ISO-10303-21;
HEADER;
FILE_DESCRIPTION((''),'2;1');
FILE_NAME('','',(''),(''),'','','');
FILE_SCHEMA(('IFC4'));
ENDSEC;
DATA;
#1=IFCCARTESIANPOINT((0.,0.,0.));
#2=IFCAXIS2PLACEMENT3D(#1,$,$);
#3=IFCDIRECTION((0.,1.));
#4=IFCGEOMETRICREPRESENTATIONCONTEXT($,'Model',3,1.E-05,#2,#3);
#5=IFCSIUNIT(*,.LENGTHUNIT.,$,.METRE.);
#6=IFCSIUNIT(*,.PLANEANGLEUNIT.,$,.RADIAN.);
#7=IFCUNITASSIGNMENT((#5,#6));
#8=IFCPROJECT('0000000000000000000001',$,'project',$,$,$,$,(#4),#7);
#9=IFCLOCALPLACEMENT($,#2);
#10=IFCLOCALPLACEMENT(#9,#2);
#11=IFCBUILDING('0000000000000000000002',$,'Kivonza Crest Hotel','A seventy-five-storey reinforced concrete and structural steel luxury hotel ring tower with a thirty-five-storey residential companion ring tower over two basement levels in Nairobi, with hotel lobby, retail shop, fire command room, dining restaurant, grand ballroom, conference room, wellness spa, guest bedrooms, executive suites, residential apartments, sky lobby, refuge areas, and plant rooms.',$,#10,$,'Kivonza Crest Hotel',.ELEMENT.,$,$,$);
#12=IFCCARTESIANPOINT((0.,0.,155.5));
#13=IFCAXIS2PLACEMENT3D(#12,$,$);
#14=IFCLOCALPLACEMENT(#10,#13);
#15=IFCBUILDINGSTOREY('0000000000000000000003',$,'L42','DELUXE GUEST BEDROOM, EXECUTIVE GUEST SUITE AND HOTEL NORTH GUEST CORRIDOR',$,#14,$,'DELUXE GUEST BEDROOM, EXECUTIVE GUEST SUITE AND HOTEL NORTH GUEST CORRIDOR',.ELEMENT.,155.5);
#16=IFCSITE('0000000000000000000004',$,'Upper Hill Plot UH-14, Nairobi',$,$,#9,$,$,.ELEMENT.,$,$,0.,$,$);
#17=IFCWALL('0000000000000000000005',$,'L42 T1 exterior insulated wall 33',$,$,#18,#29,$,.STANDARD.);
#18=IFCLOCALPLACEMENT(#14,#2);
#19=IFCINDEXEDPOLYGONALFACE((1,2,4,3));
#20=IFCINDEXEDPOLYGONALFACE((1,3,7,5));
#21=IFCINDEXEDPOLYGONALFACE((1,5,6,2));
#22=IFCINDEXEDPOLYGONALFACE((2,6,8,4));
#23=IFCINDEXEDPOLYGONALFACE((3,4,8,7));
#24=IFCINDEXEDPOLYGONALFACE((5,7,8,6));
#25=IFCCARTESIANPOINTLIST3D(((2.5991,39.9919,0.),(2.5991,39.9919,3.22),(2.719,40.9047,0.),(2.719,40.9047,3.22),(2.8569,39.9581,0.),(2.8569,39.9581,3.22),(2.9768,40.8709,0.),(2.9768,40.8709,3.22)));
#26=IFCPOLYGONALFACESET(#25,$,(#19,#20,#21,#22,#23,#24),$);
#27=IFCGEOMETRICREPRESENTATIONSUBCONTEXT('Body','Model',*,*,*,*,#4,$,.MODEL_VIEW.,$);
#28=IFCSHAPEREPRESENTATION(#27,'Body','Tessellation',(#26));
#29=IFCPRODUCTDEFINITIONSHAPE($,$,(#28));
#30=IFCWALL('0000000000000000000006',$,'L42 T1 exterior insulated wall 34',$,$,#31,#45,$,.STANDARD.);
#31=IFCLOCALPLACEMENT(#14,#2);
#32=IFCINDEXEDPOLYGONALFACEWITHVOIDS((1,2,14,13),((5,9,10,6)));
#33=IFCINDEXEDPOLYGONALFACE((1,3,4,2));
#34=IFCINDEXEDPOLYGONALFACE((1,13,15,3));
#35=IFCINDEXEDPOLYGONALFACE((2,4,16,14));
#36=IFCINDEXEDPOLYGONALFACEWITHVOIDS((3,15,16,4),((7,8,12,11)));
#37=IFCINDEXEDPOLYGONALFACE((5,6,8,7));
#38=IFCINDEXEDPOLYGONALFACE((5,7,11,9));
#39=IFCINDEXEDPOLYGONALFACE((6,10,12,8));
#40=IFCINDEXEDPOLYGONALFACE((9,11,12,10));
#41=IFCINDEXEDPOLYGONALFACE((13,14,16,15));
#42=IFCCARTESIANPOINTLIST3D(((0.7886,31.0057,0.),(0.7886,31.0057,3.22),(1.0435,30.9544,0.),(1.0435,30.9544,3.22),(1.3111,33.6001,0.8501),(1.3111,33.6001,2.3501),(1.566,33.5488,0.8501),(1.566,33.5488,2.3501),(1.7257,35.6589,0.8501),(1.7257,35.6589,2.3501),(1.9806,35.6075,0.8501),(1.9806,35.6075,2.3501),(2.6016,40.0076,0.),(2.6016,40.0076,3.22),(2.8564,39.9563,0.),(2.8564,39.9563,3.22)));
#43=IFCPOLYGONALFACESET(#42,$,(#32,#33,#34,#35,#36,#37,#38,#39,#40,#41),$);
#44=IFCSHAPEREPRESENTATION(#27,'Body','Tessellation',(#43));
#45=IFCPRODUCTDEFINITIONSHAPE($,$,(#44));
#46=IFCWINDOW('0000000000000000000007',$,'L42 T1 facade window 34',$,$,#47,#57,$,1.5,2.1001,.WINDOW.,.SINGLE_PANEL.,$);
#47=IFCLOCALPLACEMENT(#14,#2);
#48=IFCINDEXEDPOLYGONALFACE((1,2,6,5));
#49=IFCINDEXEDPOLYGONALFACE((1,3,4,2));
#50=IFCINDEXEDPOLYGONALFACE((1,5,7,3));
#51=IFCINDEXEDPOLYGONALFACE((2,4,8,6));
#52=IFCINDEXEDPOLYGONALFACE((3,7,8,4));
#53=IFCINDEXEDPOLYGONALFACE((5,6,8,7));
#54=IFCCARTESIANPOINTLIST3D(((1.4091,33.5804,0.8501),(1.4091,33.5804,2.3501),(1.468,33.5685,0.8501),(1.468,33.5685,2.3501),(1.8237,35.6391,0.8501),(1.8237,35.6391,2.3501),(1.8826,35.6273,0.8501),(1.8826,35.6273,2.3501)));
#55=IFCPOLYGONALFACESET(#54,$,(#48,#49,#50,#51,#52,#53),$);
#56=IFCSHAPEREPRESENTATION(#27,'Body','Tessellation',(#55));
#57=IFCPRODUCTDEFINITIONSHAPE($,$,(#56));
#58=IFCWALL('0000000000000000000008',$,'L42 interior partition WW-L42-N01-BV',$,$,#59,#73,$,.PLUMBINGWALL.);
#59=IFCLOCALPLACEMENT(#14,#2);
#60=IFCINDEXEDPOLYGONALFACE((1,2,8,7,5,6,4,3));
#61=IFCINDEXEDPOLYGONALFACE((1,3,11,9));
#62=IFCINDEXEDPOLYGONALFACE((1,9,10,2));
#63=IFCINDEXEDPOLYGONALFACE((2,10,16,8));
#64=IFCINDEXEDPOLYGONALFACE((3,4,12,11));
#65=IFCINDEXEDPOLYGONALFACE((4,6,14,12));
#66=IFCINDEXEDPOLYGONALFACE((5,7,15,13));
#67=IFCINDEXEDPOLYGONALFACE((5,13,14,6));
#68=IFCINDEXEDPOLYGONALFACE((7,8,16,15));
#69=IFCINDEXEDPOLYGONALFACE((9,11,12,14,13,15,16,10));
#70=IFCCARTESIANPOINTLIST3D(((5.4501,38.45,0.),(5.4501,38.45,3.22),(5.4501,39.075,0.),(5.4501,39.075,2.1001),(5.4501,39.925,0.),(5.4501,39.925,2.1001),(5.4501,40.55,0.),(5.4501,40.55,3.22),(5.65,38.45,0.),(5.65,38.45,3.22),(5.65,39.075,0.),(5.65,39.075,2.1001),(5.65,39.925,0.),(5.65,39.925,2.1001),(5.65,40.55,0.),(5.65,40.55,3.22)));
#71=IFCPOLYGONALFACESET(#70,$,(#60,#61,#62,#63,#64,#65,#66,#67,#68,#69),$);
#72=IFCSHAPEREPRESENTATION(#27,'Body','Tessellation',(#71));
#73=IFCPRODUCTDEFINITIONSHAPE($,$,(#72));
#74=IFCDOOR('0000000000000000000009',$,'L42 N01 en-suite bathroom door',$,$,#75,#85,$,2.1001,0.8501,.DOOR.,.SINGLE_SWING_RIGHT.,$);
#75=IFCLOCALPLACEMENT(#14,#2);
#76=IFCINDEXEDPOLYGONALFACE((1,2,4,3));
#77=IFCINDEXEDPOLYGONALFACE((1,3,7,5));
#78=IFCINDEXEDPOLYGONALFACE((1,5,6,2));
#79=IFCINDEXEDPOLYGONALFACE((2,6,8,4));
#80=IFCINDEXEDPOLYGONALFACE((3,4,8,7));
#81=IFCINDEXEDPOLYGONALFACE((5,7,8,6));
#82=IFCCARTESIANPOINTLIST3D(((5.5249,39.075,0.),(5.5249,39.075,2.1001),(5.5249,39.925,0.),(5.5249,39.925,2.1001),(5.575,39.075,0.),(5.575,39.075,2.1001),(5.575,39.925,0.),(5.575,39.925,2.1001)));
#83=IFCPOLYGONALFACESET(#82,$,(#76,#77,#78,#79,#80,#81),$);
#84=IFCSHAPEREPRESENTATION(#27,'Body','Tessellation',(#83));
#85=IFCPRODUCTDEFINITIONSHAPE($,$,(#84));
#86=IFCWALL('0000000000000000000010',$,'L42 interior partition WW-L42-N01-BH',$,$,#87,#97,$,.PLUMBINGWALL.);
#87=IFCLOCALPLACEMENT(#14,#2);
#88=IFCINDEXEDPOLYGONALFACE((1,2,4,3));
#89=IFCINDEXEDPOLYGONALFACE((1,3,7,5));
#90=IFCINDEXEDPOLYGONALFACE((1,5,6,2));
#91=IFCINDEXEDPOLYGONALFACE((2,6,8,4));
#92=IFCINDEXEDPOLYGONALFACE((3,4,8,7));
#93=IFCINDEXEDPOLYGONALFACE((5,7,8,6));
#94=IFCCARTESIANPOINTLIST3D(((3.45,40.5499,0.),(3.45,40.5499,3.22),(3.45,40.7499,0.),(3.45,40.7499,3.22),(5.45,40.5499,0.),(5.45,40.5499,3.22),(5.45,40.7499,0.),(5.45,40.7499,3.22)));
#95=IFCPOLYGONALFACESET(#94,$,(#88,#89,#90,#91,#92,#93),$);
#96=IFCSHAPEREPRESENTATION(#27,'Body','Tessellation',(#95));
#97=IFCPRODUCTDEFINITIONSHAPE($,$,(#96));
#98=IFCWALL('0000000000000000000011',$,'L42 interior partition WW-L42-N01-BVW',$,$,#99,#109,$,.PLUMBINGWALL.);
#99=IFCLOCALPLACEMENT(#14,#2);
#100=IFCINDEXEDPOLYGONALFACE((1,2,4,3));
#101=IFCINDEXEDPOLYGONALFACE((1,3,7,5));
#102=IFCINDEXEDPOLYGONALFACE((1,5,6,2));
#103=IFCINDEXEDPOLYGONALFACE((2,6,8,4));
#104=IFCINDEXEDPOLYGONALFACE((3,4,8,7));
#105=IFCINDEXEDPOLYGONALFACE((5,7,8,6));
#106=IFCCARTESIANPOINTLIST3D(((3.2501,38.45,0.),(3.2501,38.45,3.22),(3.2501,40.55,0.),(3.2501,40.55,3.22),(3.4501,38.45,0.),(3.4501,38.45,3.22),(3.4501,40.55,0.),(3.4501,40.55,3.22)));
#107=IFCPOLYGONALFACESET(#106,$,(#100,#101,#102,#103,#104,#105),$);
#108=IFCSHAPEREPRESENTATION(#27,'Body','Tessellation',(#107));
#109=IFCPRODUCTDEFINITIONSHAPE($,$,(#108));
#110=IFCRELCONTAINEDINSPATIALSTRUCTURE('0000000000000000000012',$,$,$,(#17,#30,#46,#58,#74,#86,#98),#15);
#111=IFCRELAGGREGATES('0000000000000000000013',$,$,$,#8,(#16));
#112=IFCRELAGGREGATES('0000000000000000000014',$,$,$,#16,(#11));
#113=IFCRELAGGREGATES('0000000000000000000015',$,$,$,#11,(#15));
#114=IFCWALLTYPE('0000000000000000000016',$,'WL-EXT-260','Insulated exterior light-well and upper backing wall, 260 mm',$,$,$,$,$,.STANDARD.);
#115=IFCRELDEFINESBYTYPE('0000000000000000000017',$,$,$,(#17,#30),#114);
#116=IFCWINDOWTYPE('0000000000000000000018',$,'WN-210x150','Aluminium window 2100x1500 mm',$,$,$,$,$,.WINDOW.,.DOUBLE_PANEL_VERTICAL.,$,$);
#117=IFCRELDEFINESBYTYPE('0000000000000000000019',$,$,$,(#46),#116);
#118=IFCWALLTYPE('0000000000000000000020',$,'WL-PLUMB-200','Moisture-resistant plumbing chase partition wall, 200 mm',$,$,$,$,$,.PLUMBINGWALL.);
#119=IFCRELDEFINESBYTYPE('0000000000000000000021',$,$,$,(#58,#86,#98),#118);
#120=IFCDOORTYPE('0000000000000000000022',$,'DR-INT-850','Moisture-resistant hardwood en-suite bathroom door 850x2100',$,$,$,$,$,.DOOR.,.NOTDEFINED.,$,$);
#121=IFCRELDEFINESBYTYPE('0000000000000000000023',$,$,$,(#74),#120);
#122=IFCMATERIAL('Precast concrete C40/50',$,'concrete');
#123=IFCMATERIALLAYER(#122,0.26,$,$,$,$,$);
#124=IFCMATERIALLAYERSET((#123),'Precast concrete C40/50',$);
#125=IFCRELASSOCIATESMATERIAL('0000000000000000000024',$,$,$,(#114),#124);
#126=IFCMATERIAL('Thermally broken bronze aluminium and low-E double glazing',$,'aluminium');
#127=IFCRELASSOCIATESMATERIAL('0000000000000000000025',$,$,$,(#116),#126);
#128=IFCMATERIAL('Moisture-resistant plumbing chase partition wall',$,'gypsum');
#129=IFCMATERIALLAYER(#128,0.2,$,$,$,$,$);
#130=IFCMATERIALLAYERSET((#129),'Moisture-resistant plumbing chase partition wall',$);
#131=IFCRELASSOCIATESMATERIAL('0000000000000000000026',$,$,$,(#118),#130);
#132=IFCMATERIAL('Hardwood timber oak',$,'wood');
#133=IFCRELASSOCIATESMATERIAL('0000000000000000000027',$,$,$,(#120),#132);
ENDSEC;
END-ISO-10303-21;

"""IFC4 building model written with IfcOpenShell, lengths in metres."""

from ifc_helpers import new_model, si_unit, direction, frame, frame_2d, origin, place, context, subcontext, project, spatial, rectangle, extrude, material, layer, layer_set, type_object, element, fill, save


model = new_model("IFC4")

# Units and contexts
model_context = context("Model", 3, precision=1e-05, world=origin(), true_north=direction((0.0, 1.0)))
body_context = subcontext(model_context, "Body", "Model", "MODEL_VIEW")
ifc_project = project(units=[si_unit("LENGTHUNIT", "METRE"), si_unit("PLANEANGLEUNIT", "RADIAN")], contexts=[model_context])

# Site, building, storey
site_placement = place(None, origin())
site = spatial("IfcSite", under=ifc_project, at=site_placement, Name="Upper Hill Plot UH-14, Nairobi", CompositionType="ELEMENT", RefElevation=0.0)
building_placement = place(site_placement, origin())
building = spatial("IfcBuilding", under=site, at=building_placement, Name="Kivonza Crest Hotel", Description="A seventy-five-storey reinforced concrete and structural steel luxury hotel ring tower with a thirty-five-storey residential companion ring tower over two basement levels in Nairobi, with hotel lobby, retail shop, fire command room, dining restaurant, grand ballroom, conference room, wellness spa, guest bedrooms, executive suites, residential apartments, sky lobby, refuge areas, and plant rooms.", LongName="Kivonza Crest Hotel", CompositionType="ELEMENT")
storey_placement = place(building_placement, frame((0.0, 0.0, 155.5)))
storey = spatial("IfcBuildingStorey", under=building, at=storey_placement, Name="L42", Description="DELUXE GUEST BEDROOM, EXECUTIVE GUEST SUITE AND HOTEL NORTH GUEST CORRIDOR", LongName="DELUXE GUEST BEDROOM, EXECUTIVE GUEST SUITE AND HOTEL NORTH GUEST CORRIDOR", CompositionType="ELEMENT", Elevation=155.5)

# Shared definitions
ifc_material_1 = material(Name="Hardwood timber oak", Category="wood")

# Wall
ifc_material_2 = material(Name="Precast concrete C40/50", Category="concrete")
ifc_layer_1 = layer(ifc_material_2, 0.26)
ifc_layer_set_1 = layer_set([ifc_layer_1], Name="Precast concrete C40/50")
wall_type_1 = type_object("IfcWallType", Name="WL-EXT-260", Description="Insulated exterior light-well and upper backing wall, 260 mm", PredefinedType="STANDARD", material=ifc_layer_set_1)
wall_1_placement = place(storey_placement, frame((2.8479, 40.8879, 0.0), z_axis=(0.0, 0.0, 1.0), x_axis=(-0.130201, -0.991488, 0.0)))
element("IfcWall", 1, at=wall_1_placement, inside=storey, type_object=wall_type_1, Name="L42 T1 exterior insulated wall 33", PredefinedType="STANDARD", context=body_context, shape_type="SweptSolid", body=[
    extrude(rectangle(XDim=0.9207, YDim=0.26, at=frame_2d((0.4604, 0.0))), origin(), (0.0, 0.0, 1.0), 3.22),
])

# Wall, opening, window
wall_2_placement = place(storey_placement, frame((2.729, 39.9819, 0.0), z_axis=(0.0, 0.0, 1.0), x_axis=(-0.197435, -0.980316, 0.0)))
wall_2 = element("IfcWall", 2, at=wall_2_placement, inside=storey, type_object=wall_type_1, Name="L42 T1 exterior insulated wall 34", PredefinedType="STANDARD", context=body_context, shape_type="SweptSolid", body=[
    extrude(rectangle(XDim=9.1826, YDim=0.26, at=frame_2d((4.5913, 0.0))), origin(), (0.0, 0.0, 1.0), 3.22),
])
opening_1_placement = place(wall_2_placement, frame((4.436, 0.0, 0.8501)))
opening_1 = element("IfcOpeningElement", 3, at=opening_1_placement, cuts=wall_2, PredefinedType="OPENING", context=body_context, shape_type="SweptSolid", body=[
    extrude(rectangle(XDim=2.1001, YDim=1.5, at=frame_2d((1.05, 0.75))), frame((0.0, 0.1401, 0.0), z_axis=(0.0, -1.0, 0.0), x_axis=(1.0, 0.0, 0.0)), (0.0, 0.0, 1.0), 0.28),
])
ifc_material_3 = material(Name="Thermally broken bronze aluminium and low-E double glazing", Category="aluminium")
window_type = type_object("IfcWindowType", Name="WN-210x150", Description="Aluminium window 2100x1500 mm", PartitioningType="DOUBLE_PANEL_VERTICAL", PredefinedType="WINDOW", material=ifc_material_3)
window_placement = place(opening_1_placement, origin())
window = element("IfcWindow", 4, at=window_placement, inside=storey, type_object=window_type, Name="L42 T1 facade window 34", OverallHeight=1.5, OverallWidth=2.1001, PartitioningType="SINGLE_PANEL", PredefinedType="WINDOW", context=body_context, shape_type="SweptSolid", body=[
    extrude(rectangle(XDim=2.1001, YDim=1.5, at=frame_2d((1.05, 0.75))), frame((0.0, 0.03, 0.0), z_axis=(0.0, -1.0, 0.0), x_axis=(1.0, 0.0, 0.0)), (0.0, 0.0, 1.0), 0.0601),
])
fill(opening_1, window)

# Wall, opening, door
ifc_material_4 = material(Name="Moisture-resistant plumbing chase partition wall", Category="gypsum")
ifc_layer_2 = layer(ifc_material_4, 0.2)
ifc_layer_set_2 = layer_set([ifc_layer_2], Name="Moisture-resistant plumbing chase partition wall")
wall_type_2 = type_object("IfcWallType", Name="WL-PLUMB-200", Description="Moisture-resistant plumbing chase partition wall, 200 mm", PredefinedType="PLUMBINGWALL", material=ifc_layer_set_2)
wall_3_placement = place(storey_placement, frame((5.55, 38.45, 0.0), z_axis=(0.0, 0.0, 1.0), x_axis=(0.0, 1.0, 0.0)))
wall_3 = element("IfcWall", 5, at=wall_3_placement, inside=storey, type_object=wall_type_2, Name="L42 interior partition WW-L42-N01-BV", PredefinedType="PLUMBINGWALL", context=body_context, shape_type="SweptSolid", body=[
    extrude(rectangle(XDim=2.1001, YDim=0.2, at=frame_2d((1.05, 0.0))), origin(), (0.0, 0.0, 1.0), 3.22),
])
opening_2_placement = place(wall_3_placement, frame((0.625, 0.0, 0.0)))
opening_2 = element("IfcOpeningElement", 6, at=opening_2_placement, cuts=wall_3, PredefinedType="OPENING", context=body_context, shape_type="SweptSolid", body=[
    extrude(rectangle(XDim=0.8501, YDim=2.1001, at=frame_2d((0.425, 1.05))), frame((0.0, 0.1099, 0.0), z_axis=(0.0, -1.0, 0.0), x_axis=(1.0, 0.0, 0.0)), (0.0, 0.0, 1.0), 0.22),
])
door_type_1 = type_object("IfcDoorType", Name="DR-INT-850", Description="Moisture-resistant hardwood en-suite bathroom door 850x2100", OperationType="NOTDEFINED", PredefinedType="DOOR", material=ifc_material_1)
door_1_placement = place(opening_2_placement, frame((0.8501, 0.0, 0.0), z_axis=(0.0, 0.0, 1.0), x_axis=(-1.0, 0.0, 0.0)))
door_1 = element("IfcDoor", 7, at=door_1_placement, inside=storey, type_object=door_type_1, Name="L42 N01 en-suite bathroom door", OperationType="SINGLE_SWING_RIGHT", OverallHeight=2.1001, OverallWidth=0.8501, PredefinedType="DOOR", context=body_context, shape_type="SweptSolid", body=[
    extrude(rectangle(XDim=0.8501, YDim=2.1001, at=frame_2d((0.425, 1.05))), frame((0.0, 0.0249, 0.0), z_axis=(0.0, -1.0, 0.0), x_axis=(1.0, 0.0, 0.0)), (0.0, 0.0, 1.0), 0.05),
])
fill(opening_2, door_1)

# Walls
wall_4_placement = place(storey_placement, frame((3.45, 40.6499, 0.0), z_axis=(0.0, 0.0, 1.0), x_axis=(1.0, 0.0, 0.0)))
element("IfcWall", 8, at=wall_4_placement, inside=storey, type_object=wall_type_2, Name="L42 interior partition WW-L42-N01-BH", PredefinedType="PLUMBINGWALL", context=body_context, shape_type="SweptSolid", body=[
    extrude(rectangle(XDim=2.0, YDim=0.2, at=frame_2d((1.0, 0.0))), origin(), (0.0, 0.0, 1.0), 3.22),
])
wall_5_placement = place(storey_placement, frame((3.3501, 38.45, 0.0), z_axis=(0.0, 0.0, 1.0), x_axis=(0.0, 1.0, 0.0)))
element("IfcWall", 9, at=wall_5_placement, inside=storey, type_object=wall_type_2, Name="L42 interior partition WW-L42-N01-BVW", PredefinedType="PLUMBINGWALL", context=body_context, shape_type="SweptSolid", body=[
    extrude(rectangle(XDim=2.1001, YDim=0.2, at=frame_2d((1.05, 0.0))), origin(), (0.0, 0.0, 1.0), 3.22),
])

save(model, "model.ifc")
